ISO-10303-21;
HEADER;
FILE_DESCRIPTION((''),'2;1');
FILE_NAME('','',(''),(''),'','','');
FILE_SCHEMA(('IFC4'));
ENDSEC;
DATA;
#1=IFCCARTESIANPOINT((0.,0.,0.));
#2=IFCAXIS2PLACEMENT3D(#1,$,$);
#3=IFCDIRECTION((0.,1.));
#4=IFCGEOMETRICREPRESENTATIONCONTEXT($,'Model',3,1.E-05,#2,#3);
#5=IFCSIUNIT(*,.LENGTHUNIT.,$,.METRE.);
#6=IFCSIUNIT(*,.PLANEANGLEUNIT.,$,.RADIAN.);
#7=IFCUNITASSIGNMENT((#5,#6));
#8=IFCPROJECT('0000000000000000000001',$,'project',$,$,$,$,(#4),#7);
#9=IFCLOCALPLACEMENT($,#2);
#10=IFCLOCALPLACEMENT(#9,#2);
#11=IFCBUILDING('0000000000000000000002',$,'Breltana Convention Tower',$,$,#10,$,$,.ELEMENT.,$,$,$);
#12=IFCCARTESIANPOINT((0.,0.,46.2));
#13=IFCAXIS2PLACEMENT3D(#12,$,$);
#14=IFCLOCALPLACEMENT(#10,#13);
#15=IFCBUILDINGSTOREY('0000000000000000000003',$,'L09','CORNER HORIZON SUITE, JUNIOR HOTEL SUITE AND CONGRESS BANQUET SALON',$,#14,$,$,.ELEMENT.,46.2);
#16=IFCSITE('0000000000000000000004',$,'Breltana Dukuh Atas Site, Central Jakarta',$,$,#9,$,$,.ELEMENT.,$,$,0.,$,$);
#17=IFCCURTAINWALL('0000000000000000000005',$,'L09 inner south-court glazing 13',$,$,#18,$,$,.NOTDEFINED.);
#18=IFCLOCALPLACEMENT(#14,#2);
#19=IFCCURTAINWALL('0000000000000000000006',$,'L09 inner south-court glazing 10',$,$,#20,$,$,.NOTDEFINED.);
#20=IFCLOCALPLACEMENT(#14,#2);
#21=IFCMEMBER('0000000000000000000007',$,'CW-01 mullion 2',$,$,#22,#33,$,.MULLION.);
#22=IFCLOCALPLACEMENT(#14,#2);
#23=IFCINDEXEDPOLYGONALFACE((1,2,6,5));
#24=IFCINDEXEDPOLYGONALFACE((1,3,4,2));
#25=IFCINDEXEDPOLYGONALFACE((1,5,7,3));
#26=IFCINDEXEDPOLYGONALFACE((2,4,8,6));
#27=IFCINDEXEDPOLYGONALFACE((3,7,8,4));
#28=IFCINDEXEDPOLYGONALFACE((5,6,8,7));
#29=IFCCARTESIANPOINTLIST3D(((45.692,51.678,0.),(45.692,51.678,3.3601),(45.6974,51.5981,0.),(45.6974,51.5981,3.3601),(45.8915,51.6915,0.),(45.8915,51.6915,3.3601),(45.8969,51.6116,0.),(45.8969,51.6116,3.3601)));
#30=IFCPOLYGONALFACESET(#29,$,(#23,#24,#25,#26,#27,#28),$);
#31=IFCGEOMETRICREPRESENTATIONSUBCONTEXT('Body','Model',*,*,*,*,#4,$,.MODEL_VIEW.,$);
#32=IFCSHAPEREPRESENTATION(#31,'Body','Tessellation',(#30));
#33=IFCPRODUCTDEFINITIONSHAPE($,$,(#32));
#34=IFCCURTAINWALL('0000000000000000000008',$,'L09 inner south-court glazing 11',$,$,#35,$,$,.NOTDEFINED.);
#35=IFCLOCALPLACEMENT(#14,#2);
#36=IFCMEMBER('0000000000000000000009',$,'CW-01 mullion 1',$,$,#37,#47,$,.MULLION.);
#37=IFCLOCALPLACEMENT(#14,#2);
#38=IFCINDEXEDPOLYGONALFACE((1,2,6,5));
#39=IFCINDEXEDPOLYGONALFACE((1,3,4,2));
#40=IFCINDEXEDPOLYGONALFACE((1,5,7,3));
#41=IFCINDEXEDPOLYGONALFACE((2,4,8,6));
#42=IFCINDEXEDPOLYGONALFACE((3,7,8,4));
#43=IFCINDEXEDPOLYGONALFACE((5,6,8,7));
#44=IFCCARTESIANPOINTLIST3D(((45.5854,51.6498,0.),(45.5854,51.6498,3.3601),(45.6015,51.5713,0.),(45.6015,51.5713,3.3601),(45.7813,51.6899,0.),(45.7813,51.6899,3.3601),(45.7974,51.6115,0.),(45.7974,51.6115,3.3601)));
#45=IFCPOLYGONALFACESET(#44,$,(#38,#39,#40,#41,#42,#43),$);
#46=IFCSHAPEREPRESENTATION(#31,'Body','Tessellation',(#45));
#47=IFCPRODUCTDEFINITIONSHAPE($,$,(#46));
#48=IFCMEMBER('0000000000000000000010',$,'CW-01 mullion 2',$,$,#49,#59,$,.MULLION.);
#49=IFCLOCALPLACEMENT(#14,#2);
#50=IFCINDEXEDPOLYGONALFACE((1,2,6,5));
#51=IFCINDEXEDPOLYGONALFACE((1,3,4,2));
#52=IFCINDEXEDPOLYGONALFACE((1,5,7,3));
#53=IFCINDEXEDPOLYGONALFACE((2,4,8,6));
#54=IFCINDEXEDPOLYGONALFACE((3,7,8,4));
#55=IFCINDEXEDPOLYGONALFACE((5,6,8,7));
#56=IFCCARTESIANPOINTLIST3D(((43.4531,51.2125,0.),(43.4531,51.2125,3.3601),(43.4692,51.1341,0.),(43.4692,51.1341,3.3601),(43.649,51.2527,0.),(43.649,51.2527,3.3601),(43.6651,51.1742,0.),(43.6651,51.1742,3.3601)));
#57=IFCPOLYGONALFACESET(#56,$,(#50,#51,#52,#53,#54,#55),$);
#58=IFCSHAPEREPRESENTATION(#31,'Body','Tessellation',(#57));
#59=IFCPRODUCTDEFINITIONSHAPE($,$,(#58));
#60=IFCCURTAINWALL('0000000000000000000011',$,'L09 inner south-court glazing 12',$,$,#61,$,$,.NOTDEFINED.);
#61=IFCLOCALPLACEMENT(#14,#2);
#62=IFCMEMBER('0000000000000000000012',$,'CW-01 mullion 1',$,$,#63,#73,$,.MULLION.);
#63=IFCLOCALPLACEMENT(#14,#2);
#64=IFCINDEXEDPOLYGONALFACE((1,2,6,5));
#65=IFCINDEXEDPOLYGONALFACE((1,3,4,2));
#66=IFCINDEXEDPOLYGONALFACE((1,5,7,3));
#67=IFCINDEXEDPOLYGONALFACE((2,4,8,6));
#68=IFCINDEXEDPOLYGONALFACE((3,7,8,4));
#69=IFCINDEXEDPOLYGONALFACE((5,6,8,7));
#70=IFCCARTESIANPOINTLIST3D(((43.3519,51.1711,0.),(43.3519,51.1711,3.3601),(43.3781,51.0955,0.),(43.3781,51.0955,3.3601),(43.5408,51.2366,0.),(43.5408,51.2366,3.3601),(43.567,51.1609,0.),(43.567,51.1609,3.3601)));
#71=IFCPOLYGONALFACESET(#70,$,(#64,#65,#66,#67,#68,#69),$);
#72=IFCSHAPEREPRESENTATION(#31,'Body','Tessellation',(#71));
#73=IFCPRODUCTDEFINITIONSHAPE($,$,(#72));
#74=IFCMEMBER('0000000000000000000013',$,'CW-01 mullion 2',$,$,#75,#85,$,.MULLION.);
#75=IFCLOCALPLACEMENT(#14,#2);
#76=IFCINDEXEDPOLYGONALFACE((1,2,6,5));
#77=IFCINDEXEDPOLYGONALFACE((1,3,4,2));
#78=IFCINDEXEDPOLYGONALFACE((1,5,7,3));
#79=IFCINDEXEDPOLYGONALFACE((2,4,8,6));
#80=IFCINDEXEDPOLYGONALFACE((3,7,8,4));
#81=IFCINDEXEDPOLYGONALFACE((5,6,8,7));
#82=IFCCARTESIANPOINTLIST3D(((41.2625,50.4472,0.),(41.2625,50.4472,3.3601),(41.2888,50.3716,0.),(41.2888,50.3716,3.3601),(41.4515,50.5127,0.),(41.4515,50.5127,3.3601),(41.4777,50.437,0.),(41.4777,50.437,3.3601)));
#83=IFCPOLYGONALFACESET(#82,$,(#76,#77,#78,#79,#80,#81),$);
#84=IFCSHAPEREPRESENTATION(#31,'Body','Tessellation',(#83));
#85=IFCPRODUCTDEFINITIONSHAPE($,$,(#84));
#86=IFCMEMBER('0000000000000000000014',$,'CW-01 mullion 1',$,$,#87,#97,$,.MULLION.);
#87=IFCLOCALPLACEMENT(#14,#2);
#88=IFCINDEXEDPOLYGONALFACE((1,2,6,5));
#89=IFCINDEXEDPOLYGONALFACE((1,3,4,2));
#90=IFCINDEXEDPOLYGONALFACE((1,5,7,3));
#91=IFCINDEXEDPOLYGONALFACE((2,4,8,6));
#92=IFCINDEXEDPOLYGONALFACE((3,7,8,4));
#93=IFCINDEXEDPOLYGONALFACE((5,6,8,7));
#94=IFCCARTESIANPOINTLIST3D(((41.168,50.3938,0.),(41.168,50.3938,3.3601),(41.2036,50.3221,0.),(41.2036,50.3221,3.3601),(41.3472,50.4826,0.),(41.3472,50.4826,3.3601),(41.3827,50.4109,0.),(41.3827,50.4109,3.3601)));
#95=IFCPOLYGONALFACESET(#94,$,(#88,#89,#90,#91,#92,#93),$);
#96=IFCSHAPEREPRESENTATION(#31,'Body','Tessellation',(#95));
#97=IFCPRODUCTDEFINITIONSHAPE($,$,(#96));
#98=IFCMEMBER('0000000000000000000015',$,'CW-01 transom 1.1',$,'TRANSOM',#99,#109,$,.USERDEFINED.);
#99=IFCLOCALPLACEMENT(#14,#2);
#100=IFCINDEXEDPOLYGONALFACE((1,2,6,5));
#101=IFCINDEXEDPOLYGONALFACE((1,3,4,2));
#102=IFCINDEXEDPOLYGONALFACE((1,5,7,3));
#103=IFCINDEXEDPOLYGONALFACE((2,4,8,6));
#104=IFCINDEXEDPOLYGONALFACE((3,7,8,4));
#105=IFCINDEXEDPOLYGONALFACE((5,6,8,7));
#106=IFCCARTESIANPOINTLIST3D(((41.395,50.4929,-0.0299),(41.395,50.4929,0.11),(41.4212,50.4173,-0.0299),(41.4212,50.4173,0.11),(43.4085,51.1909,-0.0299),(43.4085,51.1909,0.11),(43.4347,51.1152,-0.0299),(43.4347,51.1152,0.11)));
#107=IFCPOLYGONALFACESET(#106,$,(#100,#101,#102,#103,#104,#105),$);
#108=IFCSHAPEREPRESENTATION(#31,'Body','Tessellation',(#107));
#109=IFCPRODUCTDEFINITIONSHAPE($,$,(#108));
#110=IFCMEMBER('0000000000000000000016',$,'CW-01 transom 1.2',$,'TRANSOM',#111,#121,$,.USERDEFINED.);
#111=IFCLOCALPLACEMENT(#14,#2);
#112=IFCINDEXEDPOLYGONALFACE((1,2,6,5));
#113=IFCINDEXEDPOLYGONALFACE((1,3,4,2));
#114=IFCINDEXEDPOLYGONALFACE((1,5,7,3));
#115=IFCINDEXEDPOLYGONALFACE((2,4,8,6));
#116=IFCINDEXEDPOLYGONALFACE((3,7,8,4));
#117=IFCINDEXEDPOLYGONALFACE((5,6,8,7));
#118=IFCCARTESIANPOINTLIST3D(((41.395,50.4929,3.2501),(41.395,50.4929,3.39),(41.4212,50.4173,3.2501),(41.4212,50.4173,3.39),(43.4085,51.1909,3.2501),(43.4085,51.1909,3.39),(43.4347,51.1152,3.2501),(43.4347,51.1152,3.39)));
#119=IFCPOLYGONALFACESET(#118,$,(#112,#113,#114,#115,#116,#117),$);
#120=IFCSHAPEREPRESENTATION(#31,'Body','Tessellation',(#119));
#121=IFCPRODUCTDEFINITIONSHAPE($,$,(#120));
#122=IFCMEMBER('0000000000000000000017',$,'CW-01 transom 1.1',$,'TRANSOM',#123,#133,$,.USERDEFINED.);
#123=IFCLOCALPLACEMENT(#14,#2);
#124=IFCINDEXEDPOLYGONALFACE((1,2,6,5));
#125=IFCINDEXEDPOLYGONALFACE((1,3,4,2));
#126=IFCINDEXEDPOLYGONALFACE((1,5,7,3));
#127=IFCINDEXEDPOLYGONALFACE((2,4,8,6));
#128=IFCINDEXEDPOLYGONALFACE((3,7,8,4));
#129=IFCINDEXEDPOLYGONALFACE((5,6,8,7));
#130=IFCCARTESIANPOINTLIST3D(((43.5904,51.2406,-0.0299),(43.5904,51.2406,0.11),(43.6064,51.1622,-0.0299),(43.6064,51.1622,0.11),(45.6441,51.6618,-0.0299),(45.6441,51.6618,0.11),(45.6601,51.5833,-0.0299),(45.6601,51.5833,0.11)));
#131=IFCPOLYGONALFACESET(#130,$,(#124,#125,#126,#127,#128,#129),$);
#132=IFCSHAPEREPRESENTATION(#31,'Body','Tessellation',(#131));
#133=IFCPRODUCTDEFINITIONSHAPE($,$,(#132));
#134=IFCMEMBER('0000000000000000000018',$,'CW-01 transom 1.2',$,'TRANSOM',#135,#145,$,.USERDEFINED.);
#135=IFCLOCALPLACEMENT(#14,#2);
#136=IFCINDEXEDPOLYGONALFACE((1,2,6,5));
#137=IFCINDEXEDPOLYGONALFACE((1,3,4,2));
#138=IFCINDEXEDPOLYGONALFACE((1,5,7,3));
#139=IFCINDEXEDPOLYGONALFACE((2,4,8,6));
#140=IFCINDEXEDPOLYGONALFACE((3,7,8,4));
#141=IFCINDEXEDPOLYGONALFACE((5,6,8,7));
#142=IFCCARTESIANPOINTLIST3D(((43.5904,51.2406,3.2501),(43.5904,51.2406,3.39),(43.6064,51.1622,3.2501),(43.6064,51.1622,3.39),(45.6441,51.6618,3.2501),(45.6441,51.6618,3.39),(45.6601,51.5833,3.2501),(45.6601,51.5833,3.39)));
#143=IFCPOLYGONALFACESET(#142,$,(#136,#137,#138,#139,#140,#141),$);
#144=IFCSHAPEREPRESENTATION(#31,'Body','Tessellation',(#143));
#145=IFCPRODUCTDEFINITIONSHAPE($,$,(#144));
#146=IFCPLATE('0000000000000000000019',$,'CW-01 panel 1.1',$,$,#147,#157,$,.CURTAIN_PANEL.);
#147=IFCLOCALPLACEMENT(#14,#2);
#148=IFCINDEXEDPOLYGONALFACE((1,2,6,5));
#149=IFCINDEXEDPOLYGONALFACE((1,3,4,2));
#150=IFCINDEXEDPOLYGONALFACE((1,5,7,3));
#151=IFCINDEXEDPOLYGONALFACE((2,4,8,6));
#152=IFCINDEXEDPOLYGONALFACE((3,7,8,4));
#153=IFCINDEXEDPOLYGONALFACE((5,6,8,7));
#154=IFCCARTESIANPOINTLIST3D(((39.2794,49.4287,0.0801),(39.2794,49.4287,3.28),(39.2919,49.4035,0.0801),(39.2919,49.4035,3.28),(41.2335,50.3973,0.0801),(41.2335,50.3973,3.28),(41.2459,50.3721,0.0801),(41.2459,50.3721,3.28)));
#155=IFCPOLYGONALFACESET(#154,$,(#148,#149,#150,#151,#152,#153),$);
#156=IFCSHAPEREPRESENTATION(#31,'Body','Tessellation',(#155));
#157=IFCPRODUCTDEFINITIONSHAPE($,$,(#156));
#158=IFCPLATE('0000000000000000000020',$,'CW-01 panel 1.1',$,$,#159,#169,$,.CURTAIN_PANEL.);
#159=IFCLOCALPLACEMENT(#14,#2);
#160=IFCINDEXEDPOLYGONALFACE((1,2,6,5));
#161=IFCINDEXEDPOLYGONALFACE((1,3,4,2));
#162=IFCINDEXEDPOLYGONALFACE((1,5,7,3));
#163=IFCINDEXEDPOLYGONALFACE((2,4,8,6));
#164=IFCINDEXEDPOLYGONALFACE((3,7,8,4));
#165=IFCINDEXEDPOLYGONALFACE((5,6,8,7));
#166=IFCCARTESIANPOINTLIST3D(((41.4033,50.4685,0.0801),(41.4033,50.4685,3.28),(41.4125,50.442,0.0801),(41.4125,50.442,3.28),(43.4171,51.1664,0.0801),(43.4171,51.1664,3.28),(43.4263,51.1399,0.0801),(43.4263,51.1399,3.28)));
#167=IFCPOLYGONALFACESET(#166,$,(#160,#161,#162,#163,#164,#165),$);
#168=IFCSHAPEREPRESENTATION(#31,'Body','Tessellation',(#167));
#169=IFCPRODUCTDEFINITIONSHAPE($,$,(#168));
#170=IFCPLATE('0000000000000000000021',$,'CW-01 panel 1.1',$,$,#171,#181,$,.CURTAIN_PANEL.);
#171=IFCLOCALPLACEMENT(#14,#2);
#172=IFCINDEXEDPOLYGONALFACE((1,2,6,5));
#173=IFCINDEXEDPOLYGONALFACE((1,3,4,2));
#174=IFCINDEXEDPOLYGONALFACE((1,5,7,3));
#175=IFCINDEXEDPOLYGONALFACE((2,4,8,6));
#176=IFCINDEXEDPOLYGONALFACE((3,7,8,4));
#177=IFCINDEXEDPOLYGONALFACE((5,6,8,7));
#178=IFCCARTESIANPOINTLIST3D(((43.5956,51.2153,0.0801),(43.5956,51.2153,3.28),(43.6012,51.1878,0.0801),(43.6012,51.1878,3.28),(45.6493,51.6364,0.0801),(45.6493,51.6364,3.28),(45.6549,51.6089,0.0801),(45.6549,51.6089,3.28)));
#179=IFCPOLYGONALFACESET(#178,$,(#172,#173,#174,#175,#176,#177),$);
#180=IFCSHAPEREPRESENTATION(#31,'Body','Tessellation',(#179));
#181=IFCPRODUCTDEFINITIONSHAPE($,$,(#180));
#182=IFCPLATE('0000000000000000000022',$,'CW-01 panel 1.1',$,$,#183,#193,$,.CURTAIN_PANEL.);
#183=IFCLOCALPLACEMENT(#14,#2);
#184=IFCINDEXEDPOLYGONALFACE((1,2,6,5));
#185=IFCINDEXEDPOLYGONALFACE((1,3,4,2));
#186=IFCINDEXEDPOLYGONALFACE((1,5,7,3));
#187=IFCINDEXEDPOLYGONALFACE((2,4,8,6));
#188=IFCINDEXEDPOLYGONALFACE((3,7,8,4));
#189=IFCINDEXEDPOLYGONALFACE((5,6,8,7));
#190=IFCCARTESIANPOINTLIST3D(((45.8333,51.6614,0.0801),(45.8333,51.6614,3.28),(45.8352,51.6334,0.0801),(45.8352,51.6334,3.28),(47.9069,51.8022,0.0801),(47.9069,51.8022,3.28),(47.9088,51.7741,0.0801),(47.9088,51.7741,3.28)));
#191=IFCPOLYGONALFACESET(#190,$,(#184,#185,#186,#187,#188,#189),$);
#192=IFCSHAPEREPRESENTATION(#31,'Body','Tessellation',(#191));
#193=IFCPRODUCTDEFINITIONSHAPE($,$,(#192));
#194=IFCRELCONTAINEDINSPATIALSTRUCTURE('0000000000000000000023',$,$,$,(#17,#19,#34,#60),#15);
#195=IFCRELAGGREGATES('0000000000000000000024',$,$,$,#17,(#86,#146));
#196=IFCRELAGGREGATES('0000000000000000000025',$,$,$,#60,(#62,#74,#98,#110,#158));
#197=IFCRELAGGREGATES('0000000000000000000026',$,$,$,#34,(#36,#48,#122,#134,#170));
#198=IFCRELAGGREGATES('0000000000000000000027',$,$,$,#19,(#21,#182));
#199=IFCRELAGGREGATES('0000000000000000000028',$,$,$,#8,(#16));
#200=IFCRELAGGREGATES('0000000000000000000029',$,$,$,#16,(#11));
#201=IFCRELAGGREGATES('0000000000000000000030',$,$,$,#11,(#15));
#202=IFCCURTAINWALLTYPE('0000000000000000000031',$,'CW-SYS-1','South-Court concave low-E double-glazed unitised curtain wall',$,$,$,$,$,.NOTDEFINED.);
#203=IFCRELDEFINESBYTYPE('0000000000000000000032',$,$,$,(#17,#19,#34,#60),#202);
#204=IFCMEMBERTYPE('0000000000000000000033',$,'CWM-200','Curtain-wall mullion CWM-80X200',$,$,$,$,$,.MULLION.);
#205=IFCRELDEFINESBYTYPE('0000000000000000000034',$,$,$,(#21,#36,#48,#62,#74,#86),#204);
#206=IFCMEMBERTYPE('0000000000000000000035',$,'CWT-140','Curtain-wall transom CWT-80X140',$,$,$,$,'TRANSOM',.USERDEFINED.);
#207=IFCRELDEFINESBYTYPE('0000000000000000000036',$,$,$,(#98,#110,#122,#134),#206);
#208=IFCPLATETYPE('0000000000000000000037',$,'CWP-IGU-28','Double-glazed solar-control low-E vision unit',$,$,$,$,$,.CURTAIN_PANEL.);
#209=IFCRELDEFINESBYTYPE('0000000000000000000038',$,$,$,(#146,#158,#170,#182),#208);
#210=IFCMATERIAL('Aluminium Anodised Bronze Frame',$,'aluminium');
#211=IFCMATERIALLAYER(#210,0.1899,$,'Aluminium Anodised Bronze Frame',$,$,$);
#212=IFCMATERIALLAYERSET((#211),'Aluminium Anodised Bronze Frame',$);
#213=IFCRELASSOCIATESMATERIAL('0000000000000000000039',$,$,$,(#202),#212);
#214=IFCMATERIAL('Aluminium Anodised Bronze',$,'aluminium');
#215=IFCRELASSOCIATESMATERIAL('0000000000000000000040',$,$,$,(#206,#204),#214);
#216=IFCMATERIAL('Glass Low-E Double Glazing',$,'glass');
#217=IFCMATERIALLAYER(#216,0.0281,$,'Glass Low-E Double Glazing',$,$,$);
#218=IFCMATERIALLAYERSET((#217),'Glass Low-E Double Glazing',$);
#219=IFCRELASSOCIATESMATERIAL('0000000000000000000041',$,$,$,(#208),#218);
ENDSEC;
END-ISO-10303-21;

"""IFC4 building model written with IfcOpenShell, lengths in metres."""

from ifc_helpers import new_model, si_unit, direction, frame, origin, origin_2d, place, context, subcontext, project, spatial, rectangle, extrude, source, transform, mapped, material, layer, layer_set, material_profile, profile_set, type_object, element, aggregate, save


model = new_model("IFC4")

# Units and contexts
model_context = context("Model", 3, precision=1e-05, world=origin(), true_north=direction((0.0, 1.0)))
body_context = subcontext(model_context, "Body", "Model", "MODEL_VIEW")
ifc_project = project(units=[si_unit("LENGTHUNIT", "METRE"), si_unit("PLANEANGLEUNIT", "RADIAN")], contexts=[model_context])

# Site, building, storey
site_placement = place(None, origin())
site = spatial("IfcSite", under=ifc_project, at=site_placement, Name="Breltana Dukuh Atas Site, Central Jakarta", CompositionType="ELEMENT", RefElevation=0.0)
building_placement = place(site_placement, origin())
building = spatial("IfcBuilding", under=site, at=building_placement, Name="Breltana Convention Tower", CompositionType="ELEMENT")
storey_placement = place(building_placement, frame((0.0, 0.0, 46.2)))
storey = spatial("IfcBuildingStorey", under=building, at=storey_placement, Name="L09", Description="CORNER HORIZON SUITE, JUNIOR HOTEL SUITE AND CONGRESS BANQUET SALON", CompositionType="ELEMENT", Elevation=46.2)

# Curtain wall
ifc_material_1 = material(Name="Aluminium Anodised Bronze Frame", Category="aluminium")
ifc_layer_1 = layer(ifc_material_1, 0.1899, Name="Aluminium Anodised Bronze Frame")
ifc_layer_set_1 = layer_set([ifc_layer_1], Name="Aluminium Anodised Bronze Frame")
curtain_wall_type = type_object("IfcCurtainWallType", Name="CW-SYS-1", Description="South-Court concave low-E double-glazed unitised curtain wall", PredefinedType="NOTDEFINED", material=ifc_layer_set_1)
curtain_wall_1_placement = place(storey_placement, origin())
curtain_wall_1 = element("IfcCurtainWall", 1, at=curtain_wall_1_placement, inside=storey, type_object=curtain_wall_type, Name="L09 inner south-court glazing 13", PredefinedType="NOTDEFINED")
ifc_material_2 = material(Name="Aluminium Anodised Bronze", Category="aluminium")
ifc_material_profile_1 = material_profile(ifc_material_2, rectangle(XDim=0.0801, YDim=0.1399, at=origin_2d()), Name="CWT-80X140")
ifc_profile_set_1 = profile_set([ifc_material_profile_1], Name="Aluminium Anodised Bronze")
member_type_1 = type_object("IfcMemberType", Name="CWT-140", Description="Curtain-wall transom CWT-80X140", ElementType="TRANSOM", PredefinedType="USERDEFINED", material=ifc_profile_set_1)

# Curtain wall, member
curtain_wall_2_placement = place(storey_placement, origin())
curtain_wall_2 = element("IfcCurtainWall", 2, at=curtain_wall_2_placement, inside=storey, type_object=curtain_wall_type, Name="L09 inner south-court glazing 10", PredefinedType="NOTDEFINED")
ifc_material_profile_2 = material_profile(ifc_material_2, rectangle(XDim=0.0801, YDim=0.2, at=origin_2d()), Name="CWM-80X200")
ifc_profile_set_2 = profile_set([ifc_material_profile_2], Name="Aluminium Anodised Bronze")
member_type_2 = type_object("IfcMemberType", Name="CWM-200", Description="Curtain-wall mullion CWM-80X200", PredefinedType="MULLION", material=ifc_profile_set_2)
shared_shape_1 = source(origin(), body_context, "Body", "SweptSolid", [
    extrude(rectangle(XDim=0.0801, YDim=0.2, at=origin_2d()), origin(), (0.0, 0.0, 1.0), 3.3601),
])
member_1_placement = place(storey_placement, frame((45.7944, 51.6448, 0.0), z_axis=(0.0, 0.0, 1.0), x_axis=(0.067726, -0.997704, 0.0)))
member_1 = element("IfcMember", 3, at=member_1_placement, type_object=member_type_2, Name="CW-01 mullion 2", PredefinedType="MULLION", context=body_context, shape_type="MappedRepresentation", body=[
    mapped(shared_shape_1, transform((0.0, 0.0, 0.0), scale=1.0)),
])

# Curtain walls, members
curtain_wall_3_placement = place(storey_placement, origin())
curtain_wall_3 = element("IfcCurtainWall", 4, at=curtain_wall_3_placement, inside=storey, type_object=curtain_wall_type, Name="L09 inner south-court glazing 11", PredefinedType="NOTDEFINED")
member_2_placement = place(storey_placement, frame((45.6914, 51.6306, 0.0), z_axis=(0.0, 0.0, 1.0), x_axis=(0.200886, -0.979615, 0.0)))
member_2 = element("IfcMember", 5, at=member_2_placement, type_object=member_type_2, Name="CW-01 mullion 1", PredefinedType="MULLION", context=body_context, shape_type="MappedRepresentation", body=[
    mapped(shared_shape_1, transform((0.0, 0.0, 0.0), scale=1.0)),
])
member_3_placement = place(storey_placement, frame((43.5591, 51.1934, 0.0), z_axis=(0.0, 0.0, 1.0), x_axis=(0.200886, -0.979615, 0.0)))
member_3 = element("IfcMember", 6, at=member_3_placement, type_object=member_type_2, Name="CW-01 mullion 2", PredefinedType="MULLION", context=body_context, shape_type="MappedRepresentation", body=[
    mapped(shared_shape_1, transform((0.0, 0.0, 0.0), scale=1.0)),
])
curtain_wall_4_placement = place(storey_placement, origin())
curtain_wall_4 = element("IfcCurtainWall", 7, at=curtain_wall_4_placement, inside=storey, type_object=curtain_wall_type, Name="L09 inner south-court glazing 12", PredefinedType="NOTDEFINED")
member_4_placement = place(storey_placement, frame((43.4595, 51.166, 0.0), z_axis=(0.0, 0.0, 1.0), x_axis=(0.327413, -0.944881, 0.0)))
member_4 = element("IfcMember", 8, at=member_4_placement, type_object=member_type_2, Name="CW-01 mullion 1", PredefinedType="MULLION", context=body_context, shape_type="MappedRepresentation", body=[
    mapped(shared_shape_1, transform((0.0, 0.0, 0.0), scale=1.0)),
])
member_5_placement = place(storey_placement, frame((41.3701, 50.4421, 0.0), z_axis=(0.0, 0.0, 1.0), x_axis=(0.327413, -0.944881, 0.0)))
member_5 = element("IfcMember", 9, at=member_5_placement, type_object=member_type_2, Name="CW-01 mullion 2", PredefinedType="MULLION", context=body_context, shape_type="MappedRepresentation", body=[
    mapped(shared_shape_1, transform((0.0, 0.0, 0.0), scale=1.0)),
])

# Members
member_6_placement = place(storey_placement, frame((41.2754, 50.4023, 0.0), z_axis=(0.0, 0.0, 1.0), x_axis=(0.444118, -0.895968, 0.0)))
member_6 = element("IfcMember", 10, at=member_6_placement, type_object=member_type_2, Name="CW-01 mullion 1", PredefinedType="MULLION", context=body_context, shape_type="MappedRepresentation", body=[
    mapped(shared_shape_1, transform((0.0, 0.0, 0.0), scale=1.0)),
])
shared_shape_2 = source(origin(), body_context, "Body", "SweptSolid", [
    extrude(rectangle(XDim=0.0801, YDim=0.1399, at=origin_2d()), origin(), (0.0, 0.0, 1.0), 2.1311),
])
member_7_placement = place(storey_placement, frame((43.4216, 51.1531, 0.04), z_axis=(-0.944847, -0.327512, 0.0), x_axis=(0.327512, -0.944847, 0.0)))
member_7 = element("IfcMember", 11, at=member_7_placement, type_object=member_type_1, Name="CW-01 transom 1.1", ObjectType="TRANSOM", PredefinedType="USERDEFINED", context=body_context, shape_type="MappedRepresentation", body=[
    mapped(shared_shape_2, transform((0.0, 0.0, 0.0), scale=1.0)),
])
member_8_placement = place(storey_placement, frame((43.4216, 51.1531, 3.3201), z_axis=(-0.944847, -0.327512, 0.0), x_axis=(0.327512, -0.944847, 0.0)))
member_8 = element("IfcMember", 12, at=member_8_placement, type_object=member_type_1, Name="CW-01 transom 1.2", ObjectType="TRANSOM", PredefinedType="USERDEFINED", context=body_context, shape_type="MappedRepresentation", body=[
    mapped(shared_shape_2, transform((0.0, 0.0, 0.0), scale=1.0)),
])
shared_shape_3 = source(origin(), body_context, "Body", "SweptSolid", [
    extrude(rectangle(XDim=0.0801, YDim=0.1399, at=origin_2d()), origin(), (0.0, 0.0, 1.0), 2.0964),
])
member_9_placement = place(storey_placement, frame((45.6521, 51.6226, 0.04), z_axis=(-0.979615, -0.200884, 0.0), x_axis=(0.200884, -0.979615, 0.0)))
member_9 = element("IfcMember", 13, at=member_9_placement, type_object=member_type_1, Name="CW-01 transom 1.1", ObjectType="TRANSOM", PredefinedType="USERDEFINED", context=body_context, shape_type="MappedRepresentation", body=[
    mapped(shared_shape_3, transform((0.0, 0.0, 0.0), scale=1.0)),
])
member_10_placement = place(storey_placement, frame((45.6521, 51.6226, 3.3201), z_axis=(-0.979615, -0.200884, 0.0), x_axis=(0.200884, -0.979615, 0.0)))
member_10 = element("IfcMember", 14, at=member_10_placement, type_object=member_type_1, Name="CW-01 transom 1.2", ObjectType="TRANSOM", PredefinedType="USERDEFINED", context=body_context, shape_type="MappedRepresentation", body=[
    mapped(shared_shape_3, transform((0.0, 0.0, 0.0), scale=1.0)),
])

# Plates
ifc_material_3 = material(Name="Glass Low-E Double Glazing", Category="glass")
ifc_layer_2 = layer(ifc_material_3, 0.0281, Name="Glass Low-E Double Glazing")
ifc_layer_set_2 = layer_set([ifc_layer_2], Name="Glass Low-E Double Glazing")
plate_type = type_object("IfcPlateType", Name="CWP-IGU-28", Description="Double-glazed solar-control low-E vision unit", PredefinedType="CURTAIN_PANEL", material=ifc_layer_set_2)
shared_shape_4 = source(origin(), body_context, "Body", "SweptSolid", [
    extrude(rectangle(XDim=2.1809, YDim=0.0281, at=origin_2d()), origin(), (0.0, 0.0, 1.0), 3.2),
])
plate_1_placement = place(storey_placement, frame((40.2627, 49.9004, 0.0801), z_axis=(0.0, 0.0, 1.0), x_axis=(-0.895968, -0.444118, 0.0)))
plate_1 = element("IfcPlate", 15, at=plate_1_placement, type_object=plate_type, Name="CW-01 panel 1.1", PredefinedType="CURTAIN_PANEL", context=body_context, shape_type="MappedRepresentation", body=[
    mapped(shared_shape_4, transform((0.0, 0.0, 0.0), scale=1.0)),
])
aggregate(curtain_wall_1, [member_6, plate_1])
shared_shape_5 = source(origin(), body_context, "Body", "SweptSolid", [
    extrude(rectangle(XDim=2.1313, YDim=0.0281, at=origin_2d()), origin(), (0.0, 0.0, 1.0), 3.2),
])
plate_2_placement = place(storey_placement, frame((42.4148, 50.8042, 0.0801), z_axis=(0.0, 0.0, 1.0), x_axis=(-0.944881, -0.327413, 0.0)))
plate_2 = element("IfcPlate", 16, at=plate_2_placement, type_object=plate_type, Name="CW-01 panel 1.1", PredefinedType="CURTAIN_PANEL", context=body_context, shape_type="MappedRepresentation", body=[
    mapped(shared_shape_5, transform((0.0, 0.0, 0.0), scale=1.0)),
])
aggregate(curtain_wall_4, [member_4, member_5, member_7, member_8, plate_2])
shared_shape_6 = source(origin(), body_context, "Body", "SweptSolid", [
    extrude(rectangle(XDim=2.0964, YDim=0.0281, at=origin_2d()), origin(), (0.0, 0.0, 1.0), 3.2),
])
plate_3_placement = place(storey_placement, frame((44.6252, 51.4121, 0.0801), z_axis=(0.0, 0.0, 1.0), x_axis=(-0.979615, -0.200886, 0.0)))
plate_3 = element("IfcPlate", 17, at=plate_3_placement, type_object=plate_type, Name="CW-01 panel 1.1", PredefinedType="CURTAIN_PANEL", context=body_context, shape_type="MappedRepresentation", body=[
    mapped(shared_shape_6, transform((0.0, 0.0, 0.0), scale=1.0)),
])
aggregate(curtain_wall_3, [member_2, member_3, member_9, member_10, plate_3])
shared_shape_7 = source(origin(), body_context, "Body", "SweptSolid", [
    extrude(rectangle(XDim=2.0784, YDim=0.0281, at=origin_2d()), origin(), (0.0, 0.0, 1.0), 3.2),
])
plate_4_placement = place(storey_placement, frame((46.8711, 51.7178, 0.0801), z_axis=(0.0, 0.0, 1.0), x_axis=(-0.997704, -0.067726, 0.0)))
plate_4 = element("IfcPlate", 18, at=plate_4_placement, type_object=plate_type, Name="CW-01 panel 1.1", PredefinedType="CURTAIN_PANEL", context=body_context, shape_type="MappedRepresentation", body=[
    mapped(shared_shape_7, transform((0.0, 0.0, 0.0), scale=1.0)),
])
aggregate(curtain_wall_2, [member_1, plate_4])

save(model, "model.ifc")
